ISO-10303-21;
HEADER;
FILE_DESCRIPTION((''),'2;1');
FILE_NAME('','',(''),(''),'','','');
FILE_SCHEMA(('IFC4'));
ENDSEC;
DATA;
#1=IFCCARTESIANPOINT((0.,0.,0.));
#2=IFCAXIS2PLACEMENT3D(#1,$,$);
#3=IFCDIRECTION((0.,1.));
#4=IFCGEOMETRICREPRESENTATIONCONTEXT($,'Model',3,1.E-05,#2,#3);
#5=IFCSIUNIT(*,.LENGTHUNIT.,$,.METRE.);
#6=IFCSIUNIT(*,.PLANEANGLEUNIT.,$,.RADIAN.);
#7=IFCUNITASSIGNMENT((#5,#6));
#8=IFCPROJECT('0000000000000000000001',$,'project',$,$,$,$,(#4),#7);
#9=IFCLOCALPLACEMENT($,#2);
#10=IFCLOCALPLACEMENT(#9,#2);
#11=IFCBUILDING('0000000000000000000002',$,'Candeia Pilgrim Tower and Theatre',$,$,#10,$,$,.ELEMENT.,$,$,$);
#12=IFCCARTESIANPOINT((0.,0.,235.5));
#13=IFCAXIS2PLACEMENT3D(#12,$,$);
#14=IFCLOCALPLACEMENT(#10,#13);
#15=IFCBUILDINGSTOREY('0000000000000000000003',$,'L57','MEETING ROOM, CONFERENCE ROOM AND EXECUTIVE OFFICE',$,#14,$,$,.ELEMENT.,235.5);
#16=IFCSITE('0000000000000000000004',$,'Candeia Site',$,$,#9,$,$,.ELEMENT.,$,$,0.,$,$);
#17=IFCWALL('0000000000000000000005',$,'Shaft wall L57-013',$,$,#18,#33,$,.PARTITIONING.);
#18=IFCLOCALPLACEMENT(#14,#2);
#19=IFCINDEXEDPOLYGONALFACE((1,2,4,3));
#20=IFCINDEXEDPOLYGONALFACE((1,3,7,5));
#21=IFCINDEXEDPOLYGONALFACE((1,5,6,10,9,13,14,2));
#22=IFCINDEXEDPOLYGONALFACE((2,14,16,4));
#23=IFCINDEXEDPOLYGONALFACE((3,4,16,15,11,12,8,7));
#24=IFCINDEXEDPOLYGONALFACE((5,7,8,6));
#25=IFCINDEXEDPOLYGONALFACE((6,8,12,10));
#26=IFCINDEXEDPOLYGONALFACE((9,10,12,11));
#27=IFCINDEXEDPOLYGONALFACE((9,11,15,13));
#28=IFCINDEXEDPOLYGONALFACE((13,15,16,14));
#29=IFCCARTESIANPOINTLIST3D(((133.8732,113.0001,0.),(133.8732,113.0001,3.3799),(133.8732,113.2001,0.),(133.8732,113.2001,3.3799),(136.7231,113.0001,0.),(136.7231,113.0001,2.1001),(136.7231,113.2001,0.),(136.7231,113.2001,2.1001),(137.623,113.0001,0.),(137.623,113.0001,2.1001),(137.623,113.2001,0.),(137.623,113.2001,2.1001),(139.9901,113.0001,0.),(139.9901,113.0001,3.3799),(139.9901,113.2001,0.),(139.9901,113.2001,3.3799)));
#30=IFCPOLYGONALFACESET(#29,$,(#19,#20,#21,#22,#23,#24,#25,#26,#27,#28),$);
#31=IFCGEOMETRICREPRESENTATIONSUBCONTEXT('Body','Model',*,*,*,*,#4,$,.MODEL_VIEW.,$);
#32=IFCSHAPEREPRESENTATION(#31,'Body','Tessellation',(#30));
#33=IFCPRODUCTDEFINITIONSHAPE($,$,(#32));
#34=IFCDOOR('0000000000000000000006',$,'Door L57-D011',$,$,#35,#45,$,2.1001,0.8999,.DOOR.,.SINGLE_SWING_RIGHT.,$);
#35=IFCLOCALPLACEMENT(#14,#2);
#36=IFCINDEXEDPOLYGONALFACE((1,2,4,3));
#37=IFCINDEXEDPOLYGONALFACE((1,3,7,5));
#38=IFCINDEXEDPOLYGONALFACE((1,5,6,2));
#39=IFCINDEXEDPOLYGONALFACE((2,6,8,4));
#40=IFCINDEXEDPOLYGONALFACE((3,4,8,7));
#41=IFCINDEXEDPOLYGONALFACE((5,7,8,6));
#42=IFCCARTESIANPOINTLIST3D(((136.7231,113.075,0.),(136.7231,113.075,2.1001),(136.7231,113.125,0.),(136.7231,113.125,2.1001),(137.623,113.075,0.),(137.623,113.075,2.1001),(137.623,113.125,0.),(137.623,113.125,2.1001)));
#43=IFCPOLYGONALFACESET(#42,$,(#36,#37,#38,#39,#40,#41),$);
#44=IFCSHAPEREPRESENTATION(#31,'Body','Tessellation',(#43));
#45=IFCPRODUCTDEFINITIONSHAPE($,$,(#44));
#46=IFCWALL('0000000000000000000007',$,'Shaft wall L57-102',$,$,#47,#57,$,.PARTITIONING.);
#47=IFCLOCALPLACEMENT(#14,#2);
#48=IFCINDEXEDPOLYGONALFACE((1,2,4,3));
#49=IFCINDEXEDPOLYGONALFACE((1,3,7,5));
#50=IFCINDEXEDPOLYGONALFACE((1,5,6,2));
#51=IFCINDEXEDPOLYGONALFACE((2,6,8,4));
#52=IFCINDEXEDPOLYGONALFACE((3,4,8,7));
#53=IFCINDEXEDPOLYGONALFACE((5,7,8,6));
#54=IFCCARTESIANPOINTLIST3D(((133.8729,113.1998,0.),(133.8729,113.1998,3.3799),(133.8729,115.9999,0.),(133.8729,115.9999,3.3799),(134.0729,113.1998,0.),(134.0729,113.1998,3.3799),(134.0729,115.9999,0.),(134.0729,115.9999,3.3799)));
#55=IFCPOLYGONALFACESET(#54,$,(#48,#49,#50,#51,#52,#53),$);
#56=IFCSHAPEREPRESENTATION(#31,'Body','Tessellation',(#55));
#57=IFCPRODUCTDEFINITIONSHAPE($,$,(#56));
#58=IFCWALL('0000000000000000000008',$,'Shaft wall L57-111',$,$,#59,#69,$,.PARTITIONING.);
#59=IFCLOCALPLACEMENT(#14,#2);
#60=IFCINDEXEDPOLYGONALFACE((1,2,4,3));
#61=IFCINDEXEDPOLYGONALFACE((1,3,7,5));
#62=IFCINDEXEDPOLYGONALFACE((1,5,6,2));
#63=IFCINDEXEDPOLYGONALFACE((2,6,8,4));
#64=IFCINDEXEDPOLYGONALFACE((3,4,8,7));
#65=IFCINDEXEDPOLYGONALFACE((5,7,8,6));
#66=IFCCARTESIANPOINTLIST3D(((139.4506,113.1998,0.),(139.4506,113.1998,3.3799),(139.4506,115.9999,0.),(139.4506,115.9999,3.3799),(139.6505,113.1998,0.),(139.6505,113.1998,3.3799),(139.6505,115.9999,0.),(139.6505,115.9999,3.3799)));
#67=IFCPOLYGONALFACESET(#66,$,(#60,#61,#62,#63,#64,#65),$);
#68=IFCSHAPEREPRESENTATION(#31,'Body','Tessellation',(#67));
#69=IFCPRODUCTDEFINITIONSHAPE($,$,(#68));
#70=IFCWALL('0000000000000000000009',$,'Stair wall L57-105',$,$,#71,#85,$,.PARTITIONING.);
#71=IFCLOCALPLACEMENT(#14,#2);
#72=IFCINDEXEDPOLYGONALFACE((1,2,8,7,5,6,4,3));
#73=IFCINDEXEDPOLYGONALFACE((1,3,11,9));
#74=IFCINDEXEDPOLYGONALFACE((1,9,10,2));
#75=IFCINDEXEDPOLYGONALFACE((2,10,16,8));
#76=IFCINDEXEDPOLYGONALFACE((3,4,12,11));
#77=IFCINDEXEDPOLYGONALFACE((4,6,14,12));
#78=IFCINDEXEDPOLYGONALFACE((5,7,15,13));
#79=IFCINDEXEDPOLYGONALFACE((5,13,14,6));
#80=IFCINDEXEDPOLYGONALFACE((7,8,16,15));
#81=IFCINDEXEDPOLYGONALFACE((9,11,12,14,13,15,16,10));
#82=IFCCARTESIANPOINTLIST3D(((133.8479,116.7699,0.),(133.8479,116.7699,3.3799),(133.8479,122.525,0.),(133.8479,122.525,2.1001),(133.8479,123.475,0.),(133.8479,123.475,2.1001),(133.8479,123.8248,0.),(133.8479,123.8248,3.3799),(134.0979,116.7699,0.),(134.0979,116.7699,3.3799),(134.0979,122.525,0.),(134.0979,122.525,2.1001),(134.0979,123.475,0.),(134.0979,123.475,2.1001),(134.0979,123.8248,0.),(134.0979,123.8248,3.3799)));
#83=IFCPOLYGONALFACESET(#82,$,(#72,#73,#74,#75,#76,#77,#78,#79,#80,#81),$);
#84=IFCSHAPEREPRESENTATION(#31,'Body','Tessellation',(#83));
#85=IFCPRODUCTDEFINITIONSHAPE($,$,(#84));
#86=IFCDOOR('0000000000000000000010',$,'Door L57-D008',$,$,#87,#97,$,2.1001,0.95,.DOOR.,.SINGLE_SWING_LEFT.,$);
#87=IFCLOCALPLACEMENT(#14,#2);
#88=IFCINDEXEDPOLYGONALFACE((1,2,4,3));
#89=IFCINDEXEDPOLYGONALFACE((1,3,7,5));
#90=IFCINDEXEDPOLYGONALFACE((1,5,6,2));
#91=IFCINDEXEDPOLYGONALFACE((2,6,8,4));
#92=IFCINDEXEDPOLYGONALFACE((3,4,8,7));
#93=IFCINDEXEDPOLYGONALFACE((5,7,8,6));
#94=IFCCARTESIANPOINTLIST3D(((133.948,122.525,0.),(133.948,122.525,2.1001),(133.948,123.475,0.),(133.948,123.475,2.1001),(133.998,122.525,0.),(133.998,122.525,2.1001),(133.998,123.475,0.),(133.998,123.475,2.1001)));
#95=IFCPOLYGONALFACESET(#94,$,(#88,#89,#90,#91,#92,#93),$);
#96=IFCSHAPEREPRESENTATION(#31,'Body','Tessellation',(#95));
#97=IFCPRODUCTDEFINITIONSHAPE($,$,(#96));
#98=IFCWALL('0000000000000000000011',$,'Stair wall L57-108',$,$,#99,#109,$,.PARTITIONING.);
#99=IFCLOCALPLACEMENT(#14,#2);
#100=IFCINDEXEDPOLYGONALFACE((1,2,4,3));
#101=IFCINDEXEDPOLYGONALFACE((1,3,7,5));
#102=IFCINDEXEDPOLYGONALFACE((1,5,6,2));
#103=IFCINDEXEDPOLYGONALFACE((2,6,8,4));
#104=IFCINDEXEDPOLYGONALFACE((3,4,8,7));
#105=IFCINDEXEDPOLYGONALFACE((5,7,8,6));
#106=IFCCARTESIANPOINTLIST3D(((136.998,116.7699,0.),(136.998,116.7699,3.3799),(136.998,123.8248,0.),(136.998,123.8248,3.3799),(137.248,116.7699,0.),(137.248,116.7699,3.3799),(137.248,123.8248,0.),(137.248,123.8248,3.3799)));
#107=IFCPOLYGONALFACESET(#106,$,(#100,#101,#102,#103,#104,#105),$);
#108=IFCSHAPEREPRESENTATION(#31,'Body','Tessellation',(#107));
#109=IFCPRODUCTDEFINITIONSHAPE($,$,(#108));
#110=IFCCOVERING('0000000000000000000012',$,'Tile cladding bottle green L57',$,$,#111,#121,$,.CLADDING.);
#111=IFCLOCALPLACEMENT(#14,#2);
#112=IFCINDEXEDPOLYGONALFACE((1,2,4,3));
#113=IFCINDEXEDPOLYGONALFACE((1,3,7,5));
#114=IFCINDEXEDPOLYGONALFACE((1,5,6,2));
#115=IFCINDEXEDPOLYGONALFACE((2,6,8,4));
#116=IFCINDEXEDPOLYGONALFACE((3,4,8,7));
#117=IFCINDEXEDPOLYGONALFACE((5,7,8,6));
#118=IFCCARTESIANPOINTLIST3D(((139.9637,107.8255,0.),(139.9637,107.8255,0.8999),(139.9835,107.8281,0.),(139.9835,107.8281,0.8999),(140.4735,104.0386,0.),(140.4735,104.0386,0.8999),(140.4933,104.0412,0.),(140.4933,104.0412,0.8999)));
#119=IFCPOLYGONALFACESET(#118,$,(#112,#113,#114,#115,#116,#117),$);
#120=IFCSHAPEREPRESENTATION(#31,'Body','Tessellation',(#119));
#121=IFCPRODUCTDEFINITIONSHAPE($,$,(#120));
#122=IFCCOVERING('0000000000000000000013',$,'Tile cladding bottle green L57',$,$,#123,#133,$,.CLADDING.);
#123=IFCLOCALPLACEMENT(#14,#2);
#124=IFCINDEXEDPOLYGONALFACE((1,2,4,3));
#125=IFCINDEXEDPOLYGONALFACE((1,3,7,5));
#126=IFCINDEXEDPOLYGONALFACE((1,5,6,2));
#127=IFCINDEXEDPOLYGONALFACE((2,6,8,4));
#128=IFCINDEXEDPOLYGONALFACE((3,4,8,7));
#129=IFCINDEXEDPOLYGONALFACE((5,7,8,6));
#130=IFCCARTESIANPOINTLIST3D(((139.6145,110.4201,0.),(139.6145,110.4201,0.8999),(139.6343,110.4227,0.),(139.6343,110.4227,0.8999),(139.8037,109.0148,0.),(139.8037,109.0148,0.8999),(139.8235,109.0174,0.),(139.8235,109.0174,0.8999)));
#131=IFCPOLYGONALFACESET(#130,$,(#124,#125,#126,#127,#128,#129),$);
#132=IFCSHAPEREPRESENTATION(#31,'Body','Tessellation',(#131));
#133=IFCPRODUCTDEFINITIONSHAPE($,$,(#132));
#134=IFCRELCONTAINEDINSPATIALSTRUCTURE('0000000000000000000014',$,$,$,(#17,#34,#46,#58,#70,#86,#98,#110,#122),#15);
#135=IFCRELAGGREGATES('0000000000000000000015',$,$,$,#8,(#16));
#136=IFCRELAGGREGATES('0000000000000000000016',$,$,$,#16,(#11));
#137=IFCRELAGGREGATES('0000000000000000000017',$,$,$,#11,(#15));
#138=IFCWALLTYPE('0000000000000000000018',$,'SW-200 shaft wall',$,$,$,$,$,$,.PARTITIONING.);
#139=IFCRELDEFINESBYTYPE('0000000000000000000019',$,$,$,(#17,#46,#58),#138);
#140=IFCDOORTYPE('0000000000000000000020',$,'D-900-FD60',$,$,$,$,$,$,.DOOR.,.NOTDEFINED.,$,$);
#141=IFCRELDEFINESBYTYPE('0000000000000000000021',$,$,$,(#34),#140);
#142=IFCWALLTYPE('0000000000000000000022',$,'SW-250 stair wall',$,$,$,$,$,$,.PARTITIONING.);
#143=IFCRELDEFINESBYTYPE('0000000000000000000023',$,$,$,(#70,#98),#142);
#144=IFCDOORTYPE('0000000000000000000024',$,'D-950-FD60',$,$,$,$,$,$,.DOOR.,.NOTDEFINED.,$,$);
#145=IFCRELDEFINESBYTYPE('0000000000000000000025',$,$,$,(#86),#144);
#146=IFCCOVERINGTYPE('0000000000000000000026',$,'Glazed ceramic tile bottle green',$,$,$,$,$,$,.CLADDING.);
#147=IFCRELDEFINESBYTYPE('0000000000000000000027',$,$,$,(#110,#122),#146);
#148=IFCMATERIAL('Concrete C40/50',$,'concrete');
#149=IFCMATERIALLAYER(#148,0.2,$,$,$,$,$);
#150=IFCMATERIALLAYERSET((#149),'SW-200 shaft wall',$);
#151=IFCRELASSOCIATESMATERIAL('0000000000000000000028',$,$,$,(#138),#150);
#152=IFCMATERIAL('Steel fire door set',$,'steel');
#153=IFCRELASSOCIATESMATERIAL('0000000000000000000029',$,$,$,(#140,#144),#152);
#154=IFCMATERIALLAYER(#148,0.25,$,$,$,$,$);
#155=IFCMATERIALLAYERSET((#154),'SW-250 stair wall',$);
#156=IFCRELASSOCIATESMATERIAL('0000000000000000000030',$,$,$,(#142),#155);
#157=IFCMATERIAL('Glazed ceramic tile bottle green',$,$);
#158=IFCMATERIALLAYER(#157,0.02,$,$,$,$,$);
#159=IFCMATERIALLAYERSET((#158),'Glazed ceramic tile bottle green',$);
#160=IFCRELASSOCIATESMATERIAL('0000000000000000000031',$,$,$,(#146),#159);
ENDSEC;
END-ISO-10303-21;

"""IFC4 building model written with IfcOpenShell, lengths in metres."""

from ifc_helpers import new_model, si_unit, direction, frame, frame_2d, origin, origin_2d, place, context, subcontext, project, spatial, rectangle, extrude, material, layer, layer_set, type_object, element, fill, save


model = new_model("IFC4")

# Units and contexts
model_context = context("Model", 3, precision=1e-05, world=origin(), true_north=direction((0.0, 1.0)))
body_context = subcontext(model_context, "Body", "Model", "MODEL_VIEW")
ifc_project = project(units=[si_unit("LENGTHUNIT", "METRE"), si_unit("PLANEANGLEUNIT", "RADIAN")], contexts=[model_context])

# Site, building, storey
site_placement = place(None, origin())
site = spatial("IfcSite", under=ifc_project, at=site_placement, Name="Candeia Site", CompositionType="ELEMENT", RefElevation=0.0)
building_placement = place(site_placement, origin())
building = spatial("IfcBuilding", under=site, at=building_placement, Name="Candeia Pilgrim Tower and Theatre", CompositionType="ELEMENT")
storey_placement = place(building_placement, frame((0.0, 0.0, 235.5)))
storey = spatial("IfcBuildingStorey", under=building, at=storey_placement, Name="L57", Description="MEETING ROOM, CONFERENCE ROOM AND EXECUTIVE OFFICE", CompositionType="ELEMENT", Elevation=235.5)

# Shared definitions
ifc_material_1 = material(Name="Steel fire door set", Category="steel")

# Wall, opening, door
ifc_material_2 = material(Name="Concrete C40/50", Category="concrete")
ifc_layer_1 = layer(ifc_material_2, 0.2)
ifc_layer_set_1 = layer_set([ifc_layer_1], Name="SW-200 shaft wall")
wall_type_1 = type_object("IfcWallType", Name="SW-200 shaft wall", PredefinedType="PARTITIONING", material=ifc_layer_set_1)
wall_1_placement = place(storey_placement, frame((133.873, 113.1001, 0.0), z_axis=(0.0, 0.0, 1.0), x_axis=(1.0, 0.0, 0.0)))
wall_1 = element("IfcWall", 1, at=wall_1_placement, inside=storey, type_object=wall_type_1, Name="Shaft wall L57-013", PredefinedType="PARTITIONING", context=body_context, shape_type="SweptSolid", body=[
    extrude(rectangle(XDim=6.1169, YDim=0.2, at=frame_2d((3.0586, 0.0))), origin(), (0.0, 0.0, 1.0), 3.3799),
])
opening_1_placement = place(wall_1_placement, frame((2.8501, 0.0, 0.0)))
opening_1 = element("IfcOpeningElement", 2, at=opening_1_placement, cuts=wall_1, PredefinedType="OPENING", context=body_context, shape_type="SweptSolid", body=[
    extrude(rectangle(XDim=0.8999, YDim=2.1001, at=frame_2d((0.45, 1.05))), frame((0.0, 0.1099, 0.0), z_axis=(0.0, -1.0, 0.0), x_axis=(1.0, 0.0, 0.0)), (0.0, 0.0, 1.0), 0.22),
])
door_type_1 = type_object("IfcDoorType", Name="D-900-FD60", OperationType="NOTDEFINED", PredefinedType="DOOR", material=ifc_material_1)
door_1_placement = place(opening_1_placement, origin())
door_1 = element("IfcDoor", 3, at=door_1_placement, inside=storey, type_object=door_type_1, Name="Door L57-D011", OperationType="SINGLE_SWING_RIGHT", OverallHeight=2.1001, OverallWidth=0.8999, PredefinedType="DOOR", context=body_context, shape_type="SweptSolid", body=[
    extrude(rectangle(XDim=0.8999, YDim=2.1001, at=frame_2d((0.45, 1.05))), frame((0.0, 0.0249, 0.0), z_axis=(0.0, -1.0, 0.0), x_axis=(1.0, 0.0, 0.0)), (0.0, 0.0, 1.0), 0.05),
])
fill(opening_1, door_1)

# Walls
for number, where, z_axis, x_axis, name in (
    (4, (133.9729, 113.2, 0.0), (0.0, 0.0, 1.0), (0.0, 1.0, 0.0), "Shaft wall L57-102"),
    (5, (139.5505, 113.2, 0.0), (0.0, 0.0, 1.0), (0.0, 1.0, 0.0), "Shaft wall L57-111"),
):
    element("IfcWall", number, at=place(storey_placement, frame(where, z_axis=z_axis, x_axis=x_axis)), inside=storey, type_object=wall_type_1, Name=name, PredefinedType="PARTITIONING", context=body_context, shape_type="SweptSolid", body=[
        extrude(rectangle(XDim=2.8, YDim=0.2, at=frame_2d((1.3999, 0.0))), origin(), (0.0, 0.0, 1.0), 3.3799),
    ])

# Wall, opening, door
ifc_layer_2 = layer(ifc_material_2, 0.25)
ifc_layer_set_2 = layer_set([ifc_layer_2], Name="SW-250 stair wall")
wall_type_2 = type_object("IfcWallType", Name="SW-250 stair wall", PredefinedType="PARTITIONING", material=ifc_layer_set_2)
wall_2_placement = place(storey_placement, frame((133.9729, 116.77, 0.0), z_axis=(0.0, 0.0, 1.0), x_axis=(0.0, 1.0, 0.0)))
wall_2 = element("IfcWall", 6, at=wall_2_placement, inside=storey, type_object=wall_type_2, Name="Stair wall L57-105", PredefinedType="PARTITIONING", context=body_context, shape_type="SweptSolid", body=[
    extrude(rectangle(XDim=7.0549, YDim=0.25, at=frame_2d((3.5273, 0.0))), origin(), (0.0, 0.0, 1.0), 3.3799),
])
opening_2_placement = place(wall_2_placement, frame((5.7549, 0.0, 0.0)))
opening_2 = element("IfcOpeningElement", 7, at=opening_2_placement, cuts=wall_2, PredefinedType="OPENING", context=body_context, shape_type="SweptSolid", body=[
    extrude(rectangle(XDim=0.95, YDim=2.1001, at=frame_2d((0.4751, 1.05))), frame((0.0, 0.135, 0.0), z_axis=(0.0, -1.0, 0.0), x_axis=(1.0, 0.0, 0.0)), (0.0, 0.0, 1.0), 0.27),
])
door_type_2 = type_object("IfcDoorType", Name="D-950-FD60", OperationType="NOTDEFINED", PredefinedType="DOOR", material=ifc_material_1)
door_2_placement = place(opening_2_placement, origin())
door_2 = element("IfcDoor", 8, at=door_2_placement, inside=storey, type_object=door_type_2, Name="Door L57-D008", OperationType="SINGLE_SWING_LEFT", OverallHeight=2.1001, OverallWidth=0.95, PredefinedType="DOOR", context=body_context, shape_type="SweptSolid", body=[
    extrude(rectangle(XDim=0.95, YDim=2.1001, at=frame_2d((0.4751, 1.05))), frame((0.0, 0.0249, 0.0), z_axis=(0.0, -1.0, 0.0), x_axis=(1.0, 0.0, 0.0)), (0.0, 0.0, 1.0), 0.05),
])
fill(opening_2, door_2)

# Wall
wall_3_placement = place(storey_placement, frame((137.123, 116.77, 0.0), z_axis=(0.0, 0.0, 1.0), x_axis=(0.0, 1.0, 0.0)))
element("IfcWall", 9, at=wall_3_placement, inside=storey, type_object=wall_type_2, Name="Stair wall L57-108", PredefinedType="PARTITIONING", context=body_context, shape_type="SweptSolid", body=[
    extrude(rectangle(XDim=7.0549, YDim=0.25, at=frame_2d((3.5273, 0.0))), origin(), (0.0, 0.0, 1.0), 3.3799),
])

# Coverings
ifc_material_3 = material(Name="Glazed ceramic tile bottle green")
ifc_layer_3 = layer(ifc_material_3, 0.02)
ifc_layer_set_3 = layer_set([ifc_layer_3], Name="Glazed ceramic tile bottle green")
covering_type = type_object("IfcCoveringType", Name="Glazed ceramic tile bottle green", PredefinedType="CLADDING", material=ifc_layer_set_3)
covering_1_placement = place(storey_placement, frame((140.2285, 105.9333, 0.0), z_axis=(0.0, 0.0, 1.0), x_axis=(-0.133412, 0.991061, 0.0)))
element("IfcCovering", 10, at=covering_1_placement, inside=storey, type_object=covering_type, Name="Tile cladding bottle green L57", PredefinedType="CLADDING", context=body_context, shape_type="SweptSolid", body=[
    extrude(rectangle(XDim=3.821, YDim=0.02, at=origin_2d()), origin(), (0.0, 0.0, 1.0), 0.8999),
])
covering_2_placement = place(storey_placement, frame((139.719, 109.7188, 0.0), z_axis=(0.0, 0.0, 1.0), x_axis=(-0.133412, 0.991061, 0.0)))
element("IfcCovering", 11, at=covering_2_placement, inside=storey, type_object=covering_type, Name="Tile cladding bottle green L57", PredefinedType="CLADDING", context=body_context, shape_type="SweptSolid", body=[
    extrude(rectangle(XDim=1.418, YDim=0.02, at=origin_2d()), origin(), (0.0, 0.0, 1.0), 0.8999),
])

save(model, "model.ifc")
